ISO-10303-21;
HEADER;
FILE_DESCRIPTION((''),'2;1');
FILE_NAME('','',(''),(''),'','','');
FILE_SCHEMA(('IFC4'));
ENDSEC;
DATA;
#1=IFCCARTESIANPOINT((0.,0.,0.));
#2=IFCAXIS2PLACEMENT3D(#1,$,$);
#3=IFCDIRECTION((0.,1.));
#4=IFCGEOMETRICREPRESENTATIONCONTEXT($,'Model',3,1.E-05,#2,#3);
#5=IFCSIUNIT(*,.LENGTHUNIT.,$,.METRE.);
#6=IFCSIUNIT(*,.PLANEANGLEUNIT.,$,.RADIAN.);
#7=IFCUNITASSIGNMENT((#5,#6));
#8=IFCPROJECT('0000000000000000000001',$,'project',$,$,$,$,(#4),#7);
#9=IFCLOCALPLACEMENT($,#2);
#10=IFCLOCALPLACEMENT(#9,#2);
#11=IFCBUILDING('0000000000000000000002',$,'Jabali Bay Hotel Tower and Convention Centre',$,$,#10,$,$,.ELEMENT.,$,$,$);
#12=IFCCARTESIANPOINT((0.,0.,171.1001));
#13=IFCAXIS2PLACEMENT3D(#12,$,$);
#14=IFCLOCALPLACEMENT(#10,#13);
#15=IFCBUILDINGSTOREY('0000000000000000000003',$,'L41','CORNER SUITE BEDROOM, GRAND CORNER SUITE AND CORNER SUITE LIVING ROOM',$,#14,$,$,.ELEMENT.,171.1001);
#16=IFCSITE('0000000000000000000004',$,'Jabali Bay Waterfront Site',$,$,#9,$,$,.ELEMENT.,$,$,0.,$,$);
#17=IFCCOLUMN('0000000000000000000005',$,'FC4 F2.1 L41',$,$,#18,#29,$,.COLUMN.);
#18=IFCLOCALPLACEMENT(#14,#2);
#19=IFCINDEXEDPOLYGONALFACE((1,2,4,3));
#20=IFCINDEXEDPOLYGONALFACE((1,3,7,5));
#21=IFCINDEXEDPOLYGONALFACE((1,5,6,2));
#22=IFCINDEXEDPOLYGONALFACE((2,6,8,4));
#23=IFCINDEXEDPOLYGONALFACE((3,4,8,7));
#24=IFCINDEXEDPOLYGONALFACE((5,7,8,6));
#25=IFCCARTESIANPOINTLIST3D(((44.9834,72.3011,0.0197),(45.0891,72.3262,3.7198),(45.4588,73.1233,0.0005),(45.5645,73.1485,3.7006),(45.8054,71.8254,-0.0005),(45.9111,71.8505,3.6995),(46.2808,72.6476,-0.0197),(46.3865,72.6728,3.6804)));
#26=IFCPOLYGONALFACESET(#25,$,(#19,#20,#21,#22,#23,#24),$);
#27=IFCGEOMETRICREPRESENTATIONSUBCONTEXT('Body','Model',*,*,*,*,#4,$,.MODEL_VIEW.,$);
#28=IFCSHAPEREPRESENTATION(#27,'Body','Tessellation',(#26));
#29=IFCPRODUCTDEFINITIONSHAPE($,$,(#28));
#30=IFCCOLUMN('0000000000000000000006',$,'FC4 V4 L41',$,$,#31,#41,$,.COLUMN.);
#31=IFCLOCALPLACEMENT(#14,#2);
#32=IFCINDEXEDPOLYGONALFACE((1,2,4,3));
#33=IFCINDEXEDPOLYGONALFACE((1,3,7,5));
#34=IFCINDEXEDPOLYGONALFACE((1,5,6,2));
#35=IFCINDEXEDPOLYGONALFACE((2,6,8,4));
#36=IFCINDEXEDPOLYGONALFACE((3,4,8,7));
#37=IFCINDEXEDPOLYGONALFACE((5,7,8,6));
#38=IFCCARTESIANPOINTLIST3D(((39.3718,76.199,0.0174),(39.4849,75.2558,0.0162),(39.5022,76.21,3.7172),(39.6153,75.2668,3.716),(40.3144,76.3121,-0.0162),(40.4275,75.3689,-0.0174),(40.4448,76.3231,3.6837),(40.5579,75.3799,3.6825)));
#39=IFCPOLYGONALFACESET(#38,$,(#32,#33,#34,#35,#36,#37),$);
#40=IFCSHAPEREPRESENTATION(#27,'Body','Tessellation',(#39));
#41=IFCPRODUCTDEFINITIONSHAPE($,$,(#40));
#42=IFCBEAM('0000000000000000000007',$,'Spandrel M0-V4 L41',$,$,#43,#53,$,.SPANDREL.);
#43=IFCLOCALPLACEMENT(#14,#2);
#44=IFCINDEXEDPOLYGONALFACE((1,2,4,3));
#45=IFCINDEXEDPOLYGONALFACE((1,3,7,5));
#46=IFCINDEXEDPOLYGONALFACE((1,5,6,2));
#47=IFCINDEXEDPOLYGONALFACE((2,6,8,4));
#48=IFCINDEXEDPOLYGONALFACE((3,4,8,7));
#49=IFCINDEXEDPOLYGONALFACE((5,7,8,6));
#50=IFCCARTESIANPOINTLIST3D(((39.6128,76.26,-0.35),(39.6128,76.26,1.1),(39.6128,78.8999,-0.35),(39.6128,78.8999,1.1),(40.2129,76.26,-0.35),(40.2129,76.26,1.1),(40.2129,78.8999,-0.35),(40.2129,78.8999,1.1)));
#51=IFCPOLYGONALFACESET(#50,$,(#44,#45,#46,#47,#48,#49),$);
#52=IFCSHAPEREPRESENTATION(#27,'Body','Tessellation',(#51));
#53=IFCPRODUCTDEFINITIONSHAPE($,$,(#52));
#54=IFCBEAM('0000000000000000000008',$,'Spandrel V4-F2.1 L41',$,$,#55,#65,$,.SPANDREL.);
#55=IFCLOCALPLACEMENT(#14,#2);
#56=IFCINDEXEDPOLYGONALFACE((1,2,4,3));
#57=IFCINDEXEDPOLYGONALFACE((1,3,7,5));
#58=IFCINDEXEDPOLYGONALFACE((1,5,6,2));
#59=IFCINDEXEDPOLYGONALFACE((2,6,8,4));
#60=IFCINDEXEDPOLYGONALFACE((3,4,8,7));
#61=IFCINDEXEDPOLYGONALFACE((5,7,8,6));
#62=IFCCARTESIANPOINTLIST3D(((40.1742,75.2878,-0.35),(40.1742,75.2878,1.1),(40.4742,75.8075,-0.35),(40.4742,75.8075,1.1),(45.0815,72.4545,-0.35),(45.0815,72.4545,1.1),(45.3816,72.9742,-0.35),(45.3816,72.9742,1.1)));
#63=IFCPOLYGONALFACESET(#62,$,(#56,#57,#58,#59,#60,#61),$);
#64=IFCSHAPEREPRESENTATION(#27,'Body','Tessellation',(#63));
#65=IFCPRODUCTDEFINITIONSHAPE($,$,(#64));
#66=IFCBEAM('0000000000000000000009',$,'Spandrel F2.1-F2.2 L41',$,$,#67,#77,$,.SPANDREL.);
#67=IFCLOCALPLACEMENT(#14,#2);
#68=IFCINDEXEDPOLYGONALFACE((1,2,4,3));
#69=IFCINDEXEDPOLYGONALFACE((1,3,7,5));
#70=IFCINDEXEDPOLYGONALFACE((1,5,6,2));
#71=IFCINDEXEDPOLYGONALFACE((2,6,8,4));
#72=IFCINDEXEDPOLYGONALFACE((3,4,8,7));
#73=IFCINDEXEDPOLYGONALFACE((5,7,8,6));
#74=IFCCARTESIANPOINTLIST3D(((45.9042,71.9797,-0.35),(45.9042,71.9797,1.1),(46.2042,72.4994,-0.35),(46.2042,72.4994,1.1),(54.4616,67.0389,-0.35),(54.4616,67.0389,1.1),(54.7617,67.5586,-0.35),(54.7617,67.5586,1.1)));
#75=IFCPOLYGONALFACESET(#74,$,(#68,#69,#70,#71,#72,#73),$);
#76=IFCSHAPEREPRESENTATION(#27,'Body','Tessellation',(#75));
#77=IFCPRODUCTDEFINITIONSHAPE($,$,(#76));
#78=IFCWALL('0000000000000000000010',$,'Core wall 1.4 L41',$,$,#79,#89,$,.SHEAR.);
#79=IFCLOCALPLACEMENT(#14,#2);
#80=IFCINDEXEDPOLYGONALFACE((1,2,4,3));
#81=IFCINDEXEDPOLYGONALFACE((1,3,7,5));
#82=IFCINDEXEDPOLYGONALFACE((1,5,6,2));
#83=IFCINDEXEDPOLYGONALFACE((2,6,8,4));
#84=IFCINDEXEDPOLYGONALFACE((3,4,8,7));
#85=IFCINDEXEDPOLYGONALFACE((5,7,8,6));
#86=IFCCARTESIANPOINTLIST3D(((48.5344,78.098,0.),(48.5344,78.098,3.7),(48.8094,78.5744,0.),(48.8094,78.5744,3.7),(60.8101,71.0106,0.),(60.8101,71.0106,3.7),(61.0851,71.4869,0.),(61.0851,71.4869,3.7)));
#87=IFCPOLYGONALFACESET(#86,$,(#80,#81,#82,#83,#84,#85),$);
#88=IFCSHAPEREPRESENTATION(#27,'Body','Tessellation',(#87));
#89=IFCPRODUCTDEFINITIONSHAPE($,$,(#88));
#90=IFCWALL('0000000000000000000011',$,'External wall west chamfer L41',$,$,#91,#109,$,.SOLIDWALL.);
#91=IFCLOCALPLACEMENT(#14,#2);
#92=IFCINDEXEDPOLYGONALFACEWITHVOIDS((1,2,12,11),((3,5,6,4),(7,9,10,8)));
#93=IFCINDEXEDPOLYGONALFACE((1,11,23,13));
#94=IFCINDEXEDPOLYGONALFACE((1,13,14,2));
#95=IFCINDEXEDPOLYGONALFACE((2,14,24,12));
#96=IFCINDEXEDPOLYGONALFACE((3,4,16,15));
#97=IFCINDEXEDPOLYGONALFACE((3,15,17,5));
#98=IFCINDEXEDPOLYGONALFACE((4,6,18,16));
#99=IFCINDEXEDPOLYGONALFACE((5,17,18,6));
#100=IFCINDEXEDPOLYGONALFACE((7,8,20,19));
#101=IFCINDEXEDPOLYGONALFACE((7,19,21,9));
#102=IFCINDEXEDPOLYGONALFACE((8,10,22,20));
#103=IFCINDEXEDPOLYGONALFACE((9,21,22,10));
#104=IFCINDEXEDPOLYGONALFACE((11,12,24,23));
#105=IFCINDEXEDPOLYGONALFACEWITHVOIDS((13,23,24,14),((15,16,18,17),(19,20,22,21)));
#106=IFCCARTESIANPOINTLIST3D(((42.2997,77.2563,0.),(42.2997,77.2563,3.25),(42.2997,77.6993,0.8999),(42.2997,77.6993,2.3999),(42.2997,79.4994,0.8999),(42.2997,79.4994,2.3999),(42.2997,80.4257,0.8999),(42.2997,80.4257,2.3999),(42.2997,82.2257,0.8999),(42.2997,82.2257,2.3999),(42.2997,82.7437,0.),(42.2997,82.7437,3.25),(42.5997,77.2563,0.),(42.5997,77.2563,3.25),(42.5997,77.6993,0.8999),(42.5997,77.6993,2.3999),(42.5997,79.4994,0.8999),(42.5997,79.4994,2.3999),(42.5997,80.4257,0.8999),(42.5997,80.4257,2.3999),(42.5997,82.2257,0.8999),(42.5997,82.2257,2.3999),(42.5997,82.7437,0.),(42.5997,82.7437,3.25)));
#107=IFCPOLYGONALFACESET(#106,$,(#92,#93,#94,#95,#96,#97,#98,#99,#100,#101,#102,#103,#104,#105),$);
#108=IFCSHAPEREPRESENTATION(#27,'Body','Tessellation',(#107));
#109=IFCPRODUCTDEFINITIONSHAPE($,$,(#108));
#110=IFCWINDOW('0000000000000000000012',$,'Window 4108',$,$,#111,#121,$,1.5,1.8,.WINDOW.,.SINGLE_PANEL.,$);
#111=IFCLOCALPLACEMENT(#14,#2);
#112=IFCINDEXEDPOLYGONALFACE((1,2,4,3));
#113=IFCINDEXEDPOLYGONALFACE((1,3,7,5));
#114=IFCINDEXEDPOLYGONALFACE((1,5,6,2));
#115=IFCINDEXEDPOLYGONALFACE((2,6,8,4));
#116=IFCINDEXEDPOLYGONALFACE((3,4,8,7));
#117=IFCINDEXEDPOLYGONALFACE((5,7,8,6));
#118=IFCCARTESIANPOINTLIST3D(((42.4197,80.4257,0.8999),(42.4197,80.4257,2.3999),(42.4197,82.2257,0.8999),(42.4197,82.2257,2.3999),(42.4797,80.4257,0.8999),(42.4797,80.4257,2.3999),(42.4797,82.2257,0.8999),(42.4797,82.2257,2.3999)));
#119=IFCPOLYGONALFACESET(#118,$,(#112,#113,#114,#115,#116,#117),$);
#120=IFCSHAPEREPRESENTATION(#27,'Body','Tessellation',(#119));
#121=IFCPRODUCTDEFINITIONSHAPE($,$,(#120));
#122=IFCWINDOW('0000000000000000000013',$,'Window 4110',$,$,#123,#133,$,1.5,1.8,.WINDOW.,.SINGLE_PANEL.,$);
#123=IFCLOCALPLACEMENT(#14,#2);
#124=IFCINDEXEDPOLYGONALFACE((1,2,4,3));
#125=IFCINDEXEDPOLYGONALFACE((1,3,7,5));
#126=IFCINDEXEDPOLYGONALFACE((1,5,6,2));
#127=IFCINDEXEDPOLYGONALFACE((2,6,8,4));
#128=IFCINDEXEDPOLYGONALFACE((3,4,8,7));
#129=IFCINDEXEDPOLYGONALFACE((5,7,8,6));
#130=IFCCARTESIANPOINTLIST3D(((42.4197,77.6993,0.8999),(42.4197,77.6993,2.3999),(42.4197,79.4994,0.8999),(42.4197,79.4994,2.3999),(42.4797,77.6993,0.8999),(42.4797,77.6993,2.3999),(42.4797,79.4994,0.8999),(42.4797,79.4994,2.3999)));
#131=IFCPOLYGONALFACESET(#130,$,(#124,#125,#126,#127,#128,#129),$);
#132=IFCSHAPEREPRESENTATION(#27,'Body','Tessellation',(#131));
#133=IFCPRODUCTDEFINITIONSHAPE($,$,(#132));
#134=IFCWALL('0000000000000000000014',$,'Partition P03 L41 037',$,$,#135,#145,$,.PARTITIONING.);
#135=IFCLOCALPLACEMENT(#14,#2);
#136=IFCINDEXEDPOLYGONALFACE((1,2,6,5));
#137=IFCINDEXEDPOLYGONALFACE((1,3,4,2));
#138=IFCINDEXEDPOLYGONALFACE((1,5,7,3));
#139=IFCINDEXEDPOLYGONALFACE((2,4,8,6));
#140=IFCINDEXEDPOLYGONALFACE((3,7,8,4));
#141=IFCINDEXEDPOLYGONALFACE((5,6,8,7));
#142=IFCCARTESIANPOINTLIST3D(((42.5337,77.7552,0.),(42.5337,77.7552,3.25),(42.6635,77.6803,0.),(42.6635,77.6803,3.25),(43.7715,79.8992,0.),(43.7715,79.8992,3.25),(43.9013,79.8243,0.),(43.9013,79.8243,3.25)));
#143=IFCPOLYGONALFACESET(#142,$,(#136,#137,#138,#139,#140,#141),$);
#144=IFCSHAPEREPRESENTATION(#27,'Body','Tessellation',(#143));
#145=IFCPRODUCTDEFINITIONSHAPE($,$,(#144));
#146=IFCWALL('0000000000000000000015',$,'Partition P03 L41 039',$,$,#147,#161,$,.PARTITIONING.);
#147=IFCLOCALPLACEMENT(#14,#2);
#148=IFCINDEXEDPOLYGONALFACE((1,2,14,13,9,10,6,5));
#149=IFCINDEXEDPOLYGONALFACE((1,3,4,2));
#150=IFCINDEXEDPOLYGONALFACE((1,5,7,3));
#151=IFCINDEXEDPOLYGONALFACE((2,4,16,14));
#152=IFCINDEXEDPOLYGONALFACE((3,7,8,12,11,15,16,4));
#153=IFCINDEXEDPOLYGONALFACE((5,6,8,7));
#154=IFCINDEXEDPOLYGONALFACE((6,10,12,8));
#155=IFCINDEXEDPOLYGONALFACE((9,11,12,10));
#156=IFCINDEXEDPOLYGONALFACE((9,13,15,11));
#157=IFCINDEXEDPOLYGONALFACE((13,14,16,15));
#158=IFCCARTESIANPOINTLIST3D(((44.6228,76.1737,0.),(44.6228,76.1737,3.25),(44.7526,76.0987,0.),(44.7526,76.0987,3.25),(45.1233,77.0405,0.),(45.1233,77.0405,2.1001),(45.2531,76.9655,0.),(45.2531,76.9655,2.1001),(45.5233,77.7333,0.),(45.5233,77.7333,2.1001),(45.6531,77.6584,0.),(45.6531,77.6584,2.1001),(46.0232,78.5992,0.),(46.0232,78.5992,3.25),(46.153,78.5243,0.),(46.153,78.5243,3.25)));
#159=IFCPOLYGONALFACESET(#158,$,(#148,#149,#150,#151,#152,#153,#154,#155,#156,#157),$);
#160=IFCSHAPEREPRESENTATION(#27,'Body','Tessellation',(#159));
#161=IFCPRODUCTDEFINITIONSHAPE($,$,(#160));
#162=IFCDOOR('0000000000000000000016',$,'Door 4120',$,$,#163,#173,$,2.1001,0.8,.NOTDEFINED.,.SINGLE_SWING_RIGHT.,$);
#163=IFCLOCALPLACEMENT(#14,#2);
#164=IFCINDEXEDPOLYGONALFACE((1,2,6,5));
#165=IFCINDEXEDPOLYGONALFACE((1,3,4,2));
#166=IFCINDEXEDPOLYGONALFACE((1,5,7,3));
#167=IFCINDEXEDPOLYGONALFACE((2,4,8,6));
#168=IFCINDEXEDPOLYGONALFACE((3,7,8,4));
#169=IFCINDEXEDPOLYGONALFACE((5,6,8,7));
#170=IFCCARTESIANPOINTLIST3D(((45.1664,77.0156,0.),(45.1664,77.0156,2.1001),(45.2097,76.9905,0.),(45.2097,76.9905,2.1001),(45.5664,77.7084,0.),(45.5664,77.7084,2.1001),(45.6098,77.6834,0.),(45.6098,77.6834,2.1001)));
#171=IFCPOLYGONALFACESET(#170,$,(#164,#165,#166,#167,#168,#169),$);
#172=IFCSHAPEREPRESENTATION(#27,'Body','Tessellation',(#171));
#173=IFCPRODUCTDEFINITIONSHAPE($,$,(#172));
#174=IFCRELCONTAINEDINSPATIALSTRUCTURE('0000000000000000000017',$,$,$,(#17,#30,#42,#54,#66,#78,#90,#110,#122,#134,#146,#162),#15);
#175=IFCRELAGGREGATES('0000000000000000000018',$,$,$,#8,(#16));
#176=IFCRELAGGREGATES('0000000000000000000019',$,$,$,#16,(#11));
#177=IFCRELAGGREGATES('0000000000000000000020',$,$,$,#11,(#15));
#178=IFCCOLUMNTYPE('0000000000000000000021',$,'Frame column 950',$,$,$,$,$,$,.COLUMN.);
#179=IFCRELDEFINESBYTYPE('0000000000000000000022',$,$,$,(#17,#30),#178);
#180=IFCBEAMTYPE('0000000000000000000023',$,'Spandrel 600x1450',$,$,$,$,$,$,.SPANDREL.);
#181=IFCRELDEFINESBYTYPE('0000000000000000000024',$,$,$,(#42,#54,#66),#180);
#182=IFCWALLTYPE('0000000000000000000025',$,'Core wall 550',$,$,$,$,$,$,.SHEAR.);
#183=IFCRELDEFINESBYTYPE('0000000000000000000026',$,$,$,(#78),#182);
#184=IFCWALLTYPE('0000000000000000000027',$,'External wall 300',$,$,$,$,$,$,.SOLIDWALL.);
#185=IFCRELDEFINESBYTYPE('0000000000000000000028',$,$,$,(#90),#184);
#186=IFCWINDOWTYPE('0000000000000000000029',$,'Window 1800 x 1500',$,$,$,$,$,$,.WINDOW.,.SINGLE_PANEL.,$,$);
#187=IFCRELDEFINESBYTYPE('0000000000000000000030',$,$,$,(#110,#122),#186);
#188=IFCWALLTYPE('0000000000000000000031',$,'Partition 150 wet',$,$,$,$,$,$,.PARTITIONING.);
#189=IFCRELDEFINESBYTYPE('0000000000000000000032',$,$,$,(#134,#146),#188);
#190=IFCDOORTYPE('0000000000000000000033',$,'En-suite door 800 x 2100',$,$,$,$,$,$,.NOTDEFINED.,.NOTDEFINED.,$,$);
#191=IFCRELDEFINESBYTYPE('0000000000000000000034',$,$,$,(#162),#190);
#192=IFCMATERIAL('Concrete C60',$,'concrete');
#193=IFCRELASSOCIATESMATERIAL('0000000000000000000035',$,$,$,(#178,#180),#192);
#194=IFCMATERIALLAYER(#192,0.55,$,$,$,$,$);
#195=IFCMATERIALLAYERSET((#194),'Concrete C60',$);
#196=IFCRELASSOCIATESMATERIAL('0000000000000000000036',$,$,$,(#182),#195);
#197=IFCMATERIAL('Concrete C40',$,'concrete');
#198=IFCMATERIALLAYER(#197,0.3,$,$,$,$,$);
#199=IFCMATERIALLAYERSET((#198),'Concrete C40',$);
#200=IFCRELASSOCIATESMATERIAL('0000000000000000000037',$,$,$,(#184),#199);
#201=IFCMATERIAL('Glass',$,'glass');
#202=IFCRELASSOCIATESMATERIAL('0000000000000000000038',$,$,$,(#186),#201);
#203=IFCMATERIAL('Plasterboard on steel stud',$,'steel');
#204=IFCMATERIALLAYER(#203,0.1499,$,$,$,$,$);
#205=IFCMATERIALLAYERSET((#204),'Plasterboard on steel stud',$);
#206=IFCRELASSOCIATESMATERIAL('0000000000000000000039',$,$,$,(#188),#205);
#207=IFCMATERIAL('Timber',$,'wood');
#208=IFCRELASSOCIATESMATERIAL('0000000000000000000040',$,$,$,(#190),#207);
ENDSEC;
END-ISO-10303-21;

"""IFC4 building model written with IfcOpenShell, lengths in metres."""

from ifc_helpers import new_model, si_unit, direction, frame, frame_2d, origin, origin_2d, place, context, subcontext, project, spatial, rectangle, extrude, material, layer, layer_set, material_profile, profile_set, type_object, element, fill, save


model = new_model("IFC4")

# Units and contexts
model_context = context("Model", 3, precision=1e-05, world=origin(), true_north=direction((0.0, 1.0)))
body_context = subcontext(model_context, "Body", "Model", "MODEL_VIEW")
ifc_project = project(units=[si_unit("LENGTHUNIT", "METRE"), si_unit("PLANEANGLEUNIT", "RADIAN")], contexts=[model_context])

# Site, building, storey
site_placement = place(None, origin())
site = spatial("IfcSite", under=ifc_project, at=site_placement, Name="Jabali Bay Waterfront Site", CompositionType="ELEMENT", RefElevation=0.0)
building_placement = place(site_placement, origin())
building = spatial("IfcBuilding", under=site, at=building_placement, Name="Jabali Bay Hotel Tower and Convention Centre", CompositionType="ELEMENT")
storey_placement = place(building_placement, frame((0.0, 0.0, 171.1001)))
storey = spatial("IfcBuildingStorey", under=building, at=storey_placement, Name="L41", Description="CORNER SUITE BEDROOM, GRAND CORNER SUITE AND CORNER SUITE LIVING ROOM", CompositionType="ELEMENT", Elevation=171.1001)

# Columns
ifc_material_1 = material(Name="Concrete C60", Category="concrete")
ifc_material_profile_1 = material_profile(ifc_material_1, rectangle(XDim=0.95, YDim=0.95, at=origin_2d()), Name="Frame column 950")
ifc_profile_set_1 = profile_set([ifc_material_profile_1], Name="Concrete C60")
column_type = type_object("IfcColumnType", Name="Frame column 950", PredefinedType="COLUMN", material=ifc_profile_set_1)
column_1_placement = place(storey_placement, frame((45.6321, 72.4744, 0.0), z_axis=(0.028559, 0.006794, 0.999569), x_axis=(-0.865319, 0.500768, 0.02132)))
element("IfcColumn", 1, at=column_1_placement, inside=storey, type_object=column_type, Name="FC4 F2.1 L41", PredefinedType="COLUMN", context=body_context, shape_type="SweptSolid", body=[
    extrude(rectangle(XDim=0.95, YDim=0.95, at=origin_2d()), origin(), (0.0, 0.0, 1.0), 3.7017),
])
column_2_placement = place(storey_placement, frame((39.8997, 75.7839, 0.0), z_axis=(0.035214, 0.002967, 0.999375), x_axis=(-0.119079, 0.992884, 0.001248)))
element("IfcColumn", 2, at=column_2_placement, inside=storey, type_object=column_type, Name="FC4 V4 L41", PredefinedType="COLUMN", context=body_context, shape_type="SweptSolid", body=[
    extrude(rectangle(XDim=0.95, YDim=0.95, at=origin_2d()), origin(), (0.0, 0.0, 1.0), 3.7021),
])

# Beams
ifc_material_profile_2 = material_profile(ifc_material_1, rectangle(XDim=0.6001, YDim=1.45, at=origin_2d()), Name="Spandrel 600x1450")
ifc_profile_set_2 = profile_set([ifc_material_profile_2], Name="Concrete C60")
beam_type = type_object("IfcBeamType", Name="Spandrel 600x1450", PredefinedType="SPANDREL", material=ifc_profile_set_2)
beam_1_placement = place(storey_placement, frame((39.9128, 78.8999, 0.375), z_axis=(0.0, -1.0, 0.0), x_axis=(1.0, 0.0, 0.0)))
element("IfcBeam", 3, at=beam_1_placement, inside=storey, type_object=beam_type, Name="Spandrel M0-V4 L41", PredefinedType="SPANDREL", context=body_context, shape_type="SweptSolid", body=[
    extrude(rectangle(XDim=0.6001, YDim=1.45, at=origin_2d()), origin(), (0.0, 0.0, 1.0), 2.6399),
])
beam_2_placement = place(storey_placement, frame((40.3242, 75.5476, 0.375), z_axis=(0.866021, -0.500008, 0.0), x_axis=(0.500008, 0.866021, 0.0)))
element("IfcBeam", 4, at=beam_2_placement, inside=storey, type_object=beam_type, Name="Spandrel V4-F2.1 L41", PredefinedType="SPANDREL", context=body_context, shape_type="SweptSolid", body=[
    extrude(rectangle(XDim=0.6001, YDim=1.45, at=origin_2d()), origin(), (0.0, 0.0, 1.0), 5.6665),
])
beam_3_placement = place(storey_placement, frame((46.0542, 72.2395, 0.375), z_axis=(0.866022, -0.500005, 0.0), x_axis=(0.500005, 0.866022, 0.0)))
element("IfcBeam", 5, at=beam_3_placement, inside=storey, type_object=beam_type, Name="Spandrel F2.1-F2.2 L41", PredefinedType="SPANDREL", context=body_context, shape_type="SweptSolid", body=[
    extrude(rectangle(XDim=0.6001, YDim=1.45, at=origin_2d()), origin(), (0.0, 0.0, 1.0), 9.8813),
])

# Wall
ifc_layer_1 = layer(ifc_material_1, 0.55)
ifc_layer_set_1 = layer_set([ifc_layer_1], Name="Concrete C60")
wall_type_1 = type_object("IfcWallType", Name="Core wall 550", PredefinedType="SHEAR", material=ifc_layer_set_1)
wall_1_placement = place(storey_placement, frame((48.6719, 78.3362, 0.0), z_axis=(0.0, 0.0, 1.0), x_axis=(0.866024, -0.500003, 0.0)))
element("IfcWall", 6, at=wall_1_placement, inside=storey, type_object=wall_type_1, Name="Core wall 1.4 L41", PredefinedType="SHEAR", context=body_context, shape_type="SweptSolid", body=[
    extrude(rectangle(XDim=14.1748, YDim=0.55, at=frame_2d((7.0874, 0.0))), origin(), (0.0, 0.0, 1.0), 3.7),
])

# Wall, openings, windows
ifc_material_2 = material(Name="Concrete C40", Category="concrete")
ifc_layer_2 = layer(ifc_material_2, 0.3)
ifc_layer_set_2 = layer_set([ifc_layer_2], Name="Concrete C40")
wall_type_2 = type_object("IfcWallType", Name="External wall 300", PredefinedType="SOLIDWALL", material=ifc_layer_set_2)
wall_2_placement = place(storey_placement, frame((42.4497, 77.2563, 0.0), z_axis=(0.0, 0.0, 1.0), x_axis=(0.0, 1.0, 0.0)))
wall_2 = element("IfcWall", 7, at=wall_2_placement, inside=storey, type_object=wall_type_2, Name="External wall west chamfer L41", PredefinedType="SOLIDWALL", context=body_context, shape_type="SweptSolid", body=[
    extrude(rectangle(XDim=5.4873, YDim=0.3, at=frame_2d((2.7437, 0.0))), origin(), (0.0, 0.0, 1.0), 3.25),
])
opening_1_placement = place(wall_2_placement, frame((3.1694, 0.0, 0.8999)))
opening_1 = element("IfcOpeningElement", 8, at=opening_1_placement, cuts=wall_2, PredefinedType="OPENING", context=body_context, shape_type="SweptSolid", body=[
    extrude(rectangle(XDim=1.8, YDim=1.5, at=frame_2d((0.8999, 0.75))), frame((0.0, 0.1606, 0.0), z_axis=(0.0, -1.0, 0.0), x_axis=(1.0, 0.0, 0.0)), (0.0, 0.0, 1.0), 0.321),
])
opening_2_placement = place(wall_2_placement, frame((0.4431, 0.0, 0.8999)))
opening_2 = element("IfcOpeningElement", 9, at=opening_2_placement, cuts=wall_2, PredefinedType="OPENING", context=body_context, shape_type="SweptSolid", body=[
    extrude(rectangle(XDim=1.8, YDim=1.5, at=frame_2d((0.8999, 0.75))), frame((0.0, 0.1606, 0.0), z_axis=(0.0, -1.0, 0.0), x_axis=(1.0, 0.0, 0.0)), (0.0, 0.0, 1.0), 0.321),
])
ifc_material_3 = material(Name="Glass", Category="glass")
window_type = type_object("IfcWindowType", Name="Window 1800 x 1500", PartitioningType="SINGLE_PANEL", PredefinedType="WINDOW", material=ifc_material_3)
window_1_placement = place(opening_1_placement, origin())
window_1 = element("IfcWindow", 10, at=window_1_placement, inside=storey, type_object=window_type, Name="Window 4108", OverallHeight=1.5, OverallWidth=1.8, PartitioningType="SINGLE_PANEL", PredefinedType="WINDOW", context=body_context, shape_type="SweptSolid", body=[
    extrude(rectangle(XDim=1.8, YDim=1.5, at=frame_2d((0.8999, 0.75))), frame((0.0, 0.03, 0.0), z_axis=(0.0, -1.0, 0.0), x_axis=(1.0, 0.0, 0.0)), (0.0, 0.0, 1.0), 0.0601),
])
fill(opening_1, window_1)
window_2_placement = place(opening_2_placement, origin())
window_2 = element("IfcWindow", 11, at=window_2_placement, inside=storey, type_object=window_type, Name="Window 4110", OverallHeight=1.5, OverallWidth=1.8, PartitioningType="SINGLE_PANEL", PredefinedType="WINDOW", context=body_context, shape_type="SweptSolid", body=[
    extrude(rectangle(XDim=1.8, YDim=1.5, at=frame_2d((0.8999, 0.75))), frame((0.0, 0.03, 0.0), z_axis=(0.0, -1.0, 0.0), x_axis=(1.0, 0.0, 0.0)), (0.0, 0.0, 1.0), 0.0601),
])
fill(opening_2, window_2)

# Wall
ifc_material_4 = material(Name="Plasterboard on steel stud", Category="steel")
ifc_layer_3 = layer(ifc_material_4, 0.1499)
ifc_layer_set_3 = layer_set([ifc_layer_3], Name="Plasterboard on steel stud")
wall_type_3 = type_object("IfcWallType", Name="Partition 150 wet", PredefinedType="PARTITIONING", material=ifc_layer_set_3)
wall_3_placement = place(storey_placement, frame((42.5986, 77.7178, 0.0), z_axis=(0.0, 0.0, 1.0), x_axis=(0.499979, 0.866038, 0.0)))
element("IfcWall", 12, at=wall_3_placement, inside=storey, type_object=wall_type_3, Name="Partition P03 L41 037", PredefinedType="PARTITIONING", context=body_context, shape_type="SweptSolid", body=[
    extrude(rectangle(XDim=2.4756, YDim=0.1499, at=frame_2d((1.2378, 0.0))), origin(), (0.0, 0.0, 1.0), 3.25),
])

# Wall, opening, door
wall_4_placement = place(storey_placement, frame((46.0881, 78.5618, 0.0), z_axis=(0.0, 0.0, 1.0), x_axis=(-0.500002, -0.866024, 0.0)))
wall_4 = element("IfcWall", 13, at=wall_4_placement, inside=storey, type_object=wall_type_3, Name="Partition P03 L41 039", PredefinedType="PARTITIONING", context=body_context, shape_type="SweptSolid", body=[
    extrude(rectangle(XDim=2.8008, YDim=0.1499, at=frame_2d((1.4004, 0.0))), origin(), (0.0, 0.0, 1.0), 3.25),
])
opening_3_placement = place(wall_4_placement, frame((1.0, 0.0, 0.0)))
opening_3 = element("IfcOpeningElement", 14, at=opening_3_placement, cuts=wall_4, PredefinedType="OPENING", context=body_context, shape_type="SweptSolid", body=[
    extrude(rectangle(XDim=0.8, YDim=2.1001, at=frame_2d((0.3999, 1.05))), frame((0.0, 0.0854, 0.0), z_axis=(0.0, -1.0, 0.0), x_axis=(1.0, 0.0, 0.0)), (0.0, 0.0, 1.0), 0.1709),
])
ifc_material_5 = material(Name="Timber", Category="wood")
door_type = type_object("IfcDoorType", Name="En-suite door 800 x 2100", OperationType="NOTDEFINED", PredefinedType="NOTDEFINED", material=ifc_material_5)
door_placement = place(opening_3_placement, origin())
door = element("IfcDoor", 15, at=door_placement, inside=storey, type_object=door_type, Name="Door 4120", OperationType="SINGLE_SWING_RIGHT", OverallHeight=2.1001, OverallWidth=0.8, PredefinedType="NOTDEFINED", context=body_context, shape_type="SweptSolid", body=[
    extrude(rectangle(XDim=0.8, YDim=2.1001, at=frame_2d((0.3999, 1.05))), frame((0.0, 0.0249, 0.0), z_axis=(0.0, -1.0, 0.0), x_axis=(1.0, 0.0, 0.0)), (0.0, 0.0, 1.0), 0.05),
])
fill(opening_3, door)

save(model, "model.ifc")
